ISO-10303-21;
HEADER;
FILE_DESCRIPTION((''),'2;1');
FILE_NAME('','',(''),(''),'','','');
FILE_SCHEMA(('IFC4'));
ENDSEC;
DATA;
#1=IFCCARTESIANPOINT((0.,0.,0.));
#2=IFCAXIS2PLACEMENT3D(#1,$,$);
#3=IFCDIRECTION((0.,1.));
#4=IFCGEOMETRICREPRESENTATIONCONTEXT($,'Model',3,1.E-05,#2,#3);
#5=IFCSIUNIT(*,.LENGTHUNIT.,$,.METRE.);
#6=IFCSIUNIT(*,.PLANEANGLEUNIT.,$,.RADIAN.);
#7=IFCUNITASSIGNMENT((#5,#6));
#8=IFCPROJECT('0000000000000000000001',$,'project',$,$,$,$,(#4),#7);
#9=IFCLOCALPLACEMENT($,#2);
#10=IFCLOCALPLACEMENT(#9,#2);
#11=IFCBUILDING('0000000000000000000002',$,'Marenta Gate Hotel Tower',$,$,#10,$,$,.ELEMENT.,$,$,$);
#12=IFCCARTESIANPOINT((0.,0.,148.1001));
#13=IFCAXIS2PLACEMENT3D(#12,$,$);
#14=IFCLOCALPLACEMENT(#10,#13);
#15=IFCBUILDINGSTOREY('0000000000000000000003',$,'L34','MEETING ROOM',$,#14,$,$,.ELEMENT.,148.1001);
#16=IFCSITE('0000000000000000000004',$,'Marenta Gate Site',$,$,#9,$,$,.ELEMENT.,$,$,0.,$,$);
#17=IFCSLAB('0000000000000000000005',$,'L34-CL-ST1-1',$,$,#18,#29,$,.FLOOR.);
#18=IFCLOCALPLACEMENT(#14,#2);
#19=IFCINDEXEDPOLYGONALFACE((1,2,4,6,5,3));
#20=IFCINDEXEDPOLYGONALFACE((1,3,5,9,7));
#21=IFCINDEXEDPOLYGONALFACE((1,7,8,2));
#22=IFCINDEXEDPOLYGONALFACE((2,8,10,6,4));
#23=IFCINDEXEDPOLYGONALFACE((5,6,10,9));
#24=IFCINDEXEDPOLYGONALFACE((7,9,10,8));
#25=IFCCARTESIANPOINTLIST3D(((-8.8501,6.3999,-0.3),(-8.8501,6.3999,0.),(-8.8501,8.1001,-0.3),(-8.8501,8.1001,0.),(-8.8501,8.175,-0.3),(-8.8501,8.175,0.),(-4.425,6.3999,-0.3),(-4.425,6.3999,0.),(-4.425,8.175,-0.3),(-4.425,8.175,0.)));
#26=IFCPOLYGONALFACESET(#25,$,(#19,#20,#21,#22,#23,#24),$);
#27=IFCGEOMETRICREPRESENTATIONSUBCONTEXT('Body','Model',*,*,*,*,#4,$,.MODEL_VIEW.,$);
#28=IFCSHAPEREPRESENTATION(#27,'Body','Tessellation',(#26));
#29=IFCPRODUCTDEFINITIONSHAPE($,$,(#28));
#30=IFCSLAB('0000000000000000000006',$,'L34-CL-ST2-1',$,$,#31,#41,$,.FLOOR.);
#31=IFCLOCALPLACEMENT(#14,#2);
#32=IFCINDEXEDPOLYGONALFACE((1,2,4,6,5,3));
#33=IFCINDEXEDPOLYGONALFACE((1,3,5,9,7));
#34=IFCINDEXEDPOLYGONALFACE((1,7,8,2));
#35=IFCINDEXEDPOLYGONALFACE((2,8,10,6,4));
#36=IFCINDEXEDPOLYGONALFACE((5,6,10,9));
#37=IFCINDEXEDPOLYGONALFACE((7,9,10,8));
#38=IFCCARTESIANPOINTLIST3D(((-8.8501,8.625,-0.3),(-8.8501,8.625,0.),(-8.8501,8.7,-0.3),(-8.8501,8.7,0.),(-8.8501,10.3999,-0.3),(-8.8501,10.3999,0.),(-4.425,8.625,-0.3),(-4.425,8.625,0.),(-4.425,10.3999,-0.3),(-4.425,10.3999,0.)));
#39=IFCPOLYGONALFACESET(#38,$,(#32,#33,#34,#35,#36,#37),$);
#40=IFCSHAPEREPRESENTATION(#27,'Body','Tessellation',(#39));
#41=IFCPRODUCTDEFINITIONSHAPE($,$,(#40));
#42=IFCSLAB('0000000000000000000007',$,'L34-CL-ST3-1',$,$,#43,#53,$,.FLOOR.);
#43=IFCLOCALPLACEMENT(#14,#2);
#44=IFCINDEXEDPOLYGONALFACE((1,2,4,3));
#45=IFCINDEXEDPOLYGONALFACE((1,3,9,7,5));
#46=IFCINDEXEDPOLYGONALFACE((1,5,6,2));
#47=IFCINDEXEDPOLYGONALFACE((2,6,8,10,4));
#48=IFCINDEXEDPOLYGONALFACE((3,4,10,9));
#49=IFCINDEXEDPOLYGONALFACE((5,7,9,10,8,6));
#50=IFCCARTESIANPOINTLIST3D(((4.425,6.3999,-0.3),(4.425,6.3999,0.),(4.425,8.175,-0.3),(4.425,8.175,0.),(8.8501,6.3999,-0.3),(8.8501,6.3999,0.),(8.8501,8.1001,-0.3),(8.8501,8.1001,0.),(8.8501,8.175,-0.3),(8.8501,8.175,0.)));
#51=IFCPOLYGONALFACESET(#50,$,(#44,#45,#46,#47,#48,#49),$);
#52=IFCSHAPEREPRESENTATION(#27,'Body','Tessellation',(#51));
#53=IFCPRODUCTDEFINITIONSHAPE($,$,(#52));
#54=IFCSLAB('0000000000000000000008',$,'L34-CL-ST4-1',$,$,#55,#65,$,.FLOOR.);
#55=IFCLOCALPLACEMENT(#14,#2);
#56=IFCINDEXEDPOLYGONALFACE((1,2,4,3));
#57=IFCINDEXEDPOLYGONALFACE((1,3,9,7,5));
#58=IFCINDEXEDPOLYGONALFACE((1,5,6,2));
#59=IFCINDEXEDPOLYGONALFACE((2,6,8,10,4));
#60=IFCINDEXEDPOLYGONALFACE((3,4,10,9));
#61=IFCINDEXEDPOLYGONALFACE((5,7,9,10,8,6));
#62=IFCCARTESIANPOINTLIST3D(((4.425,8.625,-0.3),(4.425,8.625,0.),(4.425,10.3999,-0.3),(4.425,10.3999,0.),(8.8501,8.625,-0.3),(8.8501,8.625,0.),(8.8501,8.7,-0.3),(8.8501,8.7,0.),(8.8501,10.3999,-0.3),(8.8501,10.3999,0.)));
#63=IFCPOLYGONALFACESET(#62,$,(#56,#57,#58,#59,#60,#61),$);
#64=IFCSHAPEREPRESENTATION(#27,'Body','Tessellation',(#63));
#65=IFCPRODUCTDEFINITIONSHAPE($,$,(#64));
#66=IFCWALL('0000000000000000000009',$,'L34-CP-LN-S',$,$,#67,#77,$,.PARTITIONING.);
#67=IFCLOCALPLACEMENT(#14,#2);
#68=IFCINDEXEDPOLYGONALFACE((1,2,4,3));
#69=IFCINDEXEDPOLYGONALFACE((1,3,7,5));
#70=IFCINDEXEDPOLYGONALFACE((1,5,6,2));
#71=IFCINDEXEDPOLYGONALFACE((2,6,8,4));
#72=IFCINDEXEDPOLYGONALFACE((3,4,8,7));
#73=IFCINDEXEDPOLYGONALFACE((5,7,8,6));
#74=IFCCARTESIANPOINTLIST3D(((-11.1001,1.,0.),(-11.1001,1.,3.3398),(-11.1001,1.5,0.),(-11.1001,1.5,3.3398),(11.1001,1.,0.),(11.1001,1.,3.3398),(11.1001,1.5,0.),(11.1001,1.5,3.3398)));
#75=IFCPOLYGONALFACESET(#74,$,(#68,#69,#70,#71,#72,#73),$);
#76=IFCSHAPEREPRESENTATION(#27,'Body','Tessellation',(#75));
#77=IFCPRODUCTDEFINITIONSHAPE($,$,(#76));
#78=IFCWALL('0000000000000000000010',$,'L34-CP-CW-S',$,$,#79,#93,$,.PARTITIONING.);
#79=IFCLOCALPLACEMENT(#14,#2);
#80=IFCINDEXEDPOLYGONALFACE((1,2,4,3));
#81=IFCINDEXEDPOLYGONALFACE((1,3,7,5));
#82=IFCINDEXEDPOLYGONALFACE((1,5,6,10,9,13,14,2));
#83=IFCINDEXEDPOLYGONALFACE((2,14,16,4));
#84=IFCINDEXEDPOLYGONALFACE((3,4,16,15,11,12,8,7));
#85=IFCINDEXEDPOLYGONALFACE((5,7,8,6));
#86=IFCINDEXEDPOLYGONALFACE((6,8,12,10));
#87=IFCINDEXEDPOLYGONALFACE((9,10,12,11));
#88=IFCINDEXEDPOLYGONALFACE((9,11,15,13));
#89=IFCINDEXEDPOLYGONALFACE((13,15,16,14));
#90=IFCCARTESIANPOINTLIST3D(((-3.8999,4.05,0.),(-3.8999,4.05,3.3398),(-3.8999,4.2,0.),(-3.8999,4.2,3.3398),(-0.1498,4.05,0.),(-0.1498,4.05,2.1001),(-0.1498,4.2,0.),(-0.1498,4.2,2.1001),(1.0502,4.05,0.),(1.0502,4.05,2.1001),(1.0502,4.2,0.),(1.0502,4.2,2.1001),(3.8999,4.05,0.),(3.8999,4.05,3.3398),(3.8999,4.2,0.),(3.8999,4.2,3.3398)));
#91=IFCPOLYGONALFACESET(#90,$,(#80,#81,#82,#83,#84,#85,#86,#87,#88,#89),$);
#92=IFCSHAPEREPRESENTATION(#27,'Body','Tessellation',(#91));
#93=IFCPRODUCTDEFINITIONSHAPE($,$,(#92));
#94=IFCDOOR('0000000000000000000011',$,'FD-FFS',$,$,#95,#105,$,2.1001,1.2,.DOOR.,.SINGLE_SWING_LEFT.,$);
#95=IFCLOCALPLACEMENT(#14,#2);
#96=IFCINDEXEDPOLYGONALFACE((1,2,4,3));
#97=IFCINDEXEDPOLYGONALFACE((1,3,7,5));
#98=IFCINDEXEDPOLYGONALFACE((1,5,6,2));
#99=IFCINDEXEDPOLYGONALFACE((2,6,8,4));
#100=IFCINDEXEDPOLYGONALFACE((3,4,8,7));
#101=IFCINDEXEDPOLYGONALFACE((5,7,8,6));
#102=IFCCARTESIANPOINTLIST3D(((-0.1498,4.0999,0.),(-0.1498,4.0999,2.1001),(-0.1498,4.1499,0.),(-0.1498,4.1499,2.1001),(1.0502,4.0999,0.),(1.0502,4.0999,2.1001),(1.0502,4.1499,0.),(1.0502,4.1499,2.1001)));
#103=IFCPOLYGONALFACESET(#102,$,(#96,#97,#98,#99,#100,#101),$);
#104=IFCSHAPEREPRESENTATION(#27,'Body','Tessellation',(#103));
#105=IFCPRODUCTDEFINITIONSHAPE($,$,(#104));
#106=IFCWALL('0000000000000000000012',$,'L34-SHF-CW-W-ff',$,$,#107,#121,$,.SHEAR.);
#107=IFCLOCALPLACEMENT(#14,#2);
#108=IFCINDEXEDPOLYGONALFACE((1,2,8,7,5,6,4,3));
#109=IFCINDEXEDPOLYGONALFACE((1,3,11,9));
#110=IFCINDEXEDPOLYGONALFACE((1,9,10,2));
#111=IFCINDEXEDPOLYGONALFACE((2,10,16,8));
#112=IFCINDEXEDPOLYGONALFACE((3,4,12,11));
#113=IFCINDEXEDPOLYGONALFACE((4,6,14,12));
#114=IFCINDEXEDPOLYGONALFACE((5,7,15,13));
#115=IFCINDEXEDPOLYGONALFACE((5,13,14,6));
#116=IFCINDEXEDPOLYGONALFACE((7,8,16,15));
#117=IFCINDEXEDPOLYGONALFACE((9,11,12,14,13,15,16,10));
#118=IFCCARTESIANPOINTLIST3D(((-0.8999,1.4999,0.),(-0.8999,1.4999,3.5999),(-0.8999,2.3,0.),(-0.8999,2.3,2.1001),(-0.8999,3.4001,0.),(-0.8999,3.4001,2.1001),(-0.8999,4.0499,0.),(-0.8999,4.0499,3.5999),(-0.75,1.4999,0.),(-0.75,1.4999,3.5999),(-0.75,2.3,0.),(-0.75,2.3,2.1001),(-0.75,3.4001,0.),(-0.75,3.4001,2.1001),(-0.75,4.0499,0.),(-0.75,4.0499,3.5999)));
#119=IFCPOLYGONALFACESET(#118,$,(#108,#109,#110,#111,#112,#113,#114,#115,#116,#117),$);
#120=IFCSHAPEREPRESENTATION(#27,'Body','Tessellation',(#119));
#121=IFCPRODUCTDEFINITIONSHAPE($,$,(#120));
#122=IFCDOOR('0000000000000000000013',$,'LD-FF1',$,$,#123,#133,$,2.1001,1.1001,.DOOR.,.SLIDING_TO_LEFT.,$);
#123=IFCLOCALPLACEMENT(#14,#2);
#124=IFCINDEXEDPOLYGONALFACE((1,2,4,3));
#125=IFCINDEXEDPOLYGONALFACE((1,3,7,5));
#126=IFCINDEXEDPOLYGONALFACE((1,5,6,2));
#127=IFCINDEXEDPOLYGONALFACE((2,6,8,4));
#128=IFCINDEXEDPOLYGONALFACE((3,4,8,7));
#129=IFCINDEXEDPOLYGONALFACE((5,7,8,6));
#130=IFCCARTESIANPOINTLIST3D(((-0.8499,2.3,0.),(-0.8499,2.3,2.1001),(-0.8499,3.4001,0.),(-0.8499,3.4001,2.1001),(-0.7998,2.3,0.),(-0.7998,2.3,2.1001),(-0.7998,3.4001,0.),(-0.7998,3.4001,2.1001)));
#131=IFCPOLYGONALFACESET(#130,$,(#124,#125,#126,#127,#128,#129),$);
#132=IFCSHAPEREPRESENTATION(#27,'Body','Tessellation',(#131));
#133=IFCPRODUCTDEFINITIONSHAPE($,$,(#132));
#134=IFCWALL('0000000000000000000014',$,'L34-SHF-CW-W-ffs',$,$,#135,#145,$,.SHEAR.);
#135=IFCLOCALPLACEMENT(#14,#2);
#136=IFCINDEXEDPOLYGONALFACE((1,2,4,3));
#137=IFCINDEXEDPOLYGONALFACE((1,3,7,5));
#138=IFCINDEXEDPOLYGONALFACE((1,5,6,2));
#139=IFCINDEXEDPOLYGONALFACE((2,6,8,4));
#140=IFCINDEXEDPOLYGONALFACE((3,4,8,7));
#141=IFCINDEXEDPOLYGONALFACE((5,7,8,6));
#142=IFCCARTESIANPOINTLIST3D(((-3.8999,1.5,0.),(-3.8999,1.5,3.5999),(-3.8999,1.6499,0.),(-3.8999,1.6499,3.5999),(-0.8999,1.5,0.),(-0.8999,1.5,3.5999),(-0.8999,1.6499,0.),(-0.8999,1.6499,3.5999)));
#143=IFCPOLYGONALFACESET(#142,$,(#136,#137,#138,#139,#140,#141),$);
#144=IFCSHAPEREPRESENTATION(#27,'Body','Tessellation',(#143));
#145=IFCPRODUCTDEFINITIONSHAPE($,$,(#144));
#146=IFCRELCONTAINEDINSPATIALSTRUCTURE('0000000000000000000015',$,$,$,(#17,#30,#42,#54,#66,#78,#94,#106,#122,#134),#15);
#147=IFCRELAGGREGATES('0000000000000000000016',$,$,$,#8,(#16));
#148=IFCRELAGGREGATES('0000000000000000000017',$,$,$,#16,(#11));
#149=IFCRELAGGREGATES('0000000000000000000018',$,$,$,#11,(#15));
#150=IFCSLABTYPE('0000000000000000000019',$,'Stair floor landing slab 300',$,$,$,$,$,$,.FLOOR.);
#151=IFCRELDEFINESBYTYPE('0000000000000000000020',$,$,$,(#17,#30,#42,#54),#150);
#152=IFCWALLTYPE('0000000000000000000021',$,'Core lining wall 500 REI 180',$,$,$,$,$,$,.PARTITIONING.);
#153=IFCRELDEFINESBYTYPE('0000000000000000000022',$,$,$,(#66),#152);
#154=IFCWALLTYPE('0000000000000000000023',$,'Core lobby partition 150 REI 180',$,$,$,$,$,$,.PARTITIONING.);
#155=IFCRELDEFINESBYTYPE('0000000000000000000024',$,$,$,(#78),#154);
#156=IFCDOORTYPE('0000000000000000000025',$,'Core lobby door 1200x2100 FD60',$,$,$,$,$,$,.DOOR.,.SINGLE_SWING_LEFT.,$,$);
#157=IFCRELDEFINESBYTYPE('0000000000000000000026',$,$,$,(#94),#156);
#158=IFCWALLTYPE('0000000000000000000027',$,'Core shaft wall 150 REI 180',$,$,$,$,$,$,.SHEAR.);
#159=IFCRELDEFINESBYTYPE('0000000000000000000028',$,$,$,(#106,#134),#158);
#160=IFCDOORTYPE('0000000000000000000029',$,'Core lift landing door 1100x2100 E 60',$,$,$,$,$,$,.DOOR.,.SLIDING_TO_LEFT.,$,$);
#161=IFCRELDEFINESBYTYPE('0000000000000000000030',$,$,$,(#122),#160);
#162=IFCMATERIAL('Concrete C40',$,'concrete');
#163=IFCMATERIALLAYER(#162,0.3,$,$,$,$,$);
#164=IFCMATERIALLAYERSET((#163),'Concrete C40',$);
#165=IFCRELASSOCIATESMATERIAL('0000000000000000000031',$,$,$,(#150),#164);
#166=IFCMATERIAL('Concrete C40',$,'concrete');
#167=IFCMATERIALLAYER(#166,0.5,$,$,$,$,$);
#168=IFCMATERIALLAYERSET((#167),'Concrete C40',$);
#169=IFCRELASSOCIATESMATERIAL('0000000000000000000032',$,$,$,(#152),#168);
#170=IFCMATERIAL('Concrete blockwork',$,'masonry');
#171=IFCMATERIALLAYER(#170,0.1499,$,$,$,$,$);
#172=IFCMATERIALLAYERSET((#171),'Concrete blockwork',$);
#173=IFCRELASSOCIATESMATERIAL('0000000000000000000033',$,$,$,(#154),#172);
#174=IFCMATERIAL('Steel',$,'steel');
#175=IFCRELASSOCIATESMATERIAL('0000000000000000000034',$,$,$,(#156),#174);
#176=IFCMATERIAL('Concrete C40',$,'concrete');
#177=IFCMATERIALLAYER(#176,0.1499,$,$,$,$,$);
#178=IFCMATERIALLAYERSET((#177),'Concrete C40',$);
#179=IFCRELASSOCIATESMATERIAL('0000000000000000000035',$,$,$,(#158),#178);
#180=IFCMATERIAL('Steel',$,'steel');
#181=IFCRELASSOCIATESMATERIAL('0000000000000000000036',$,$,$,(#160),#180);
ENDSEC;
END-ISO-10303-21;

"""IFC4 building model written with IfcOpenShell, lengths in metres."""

from ifc_helpers import new_model, si_unit, direction, frame, frame_2d, origin, place, context, subcontext, project, spatial, polyline, rectangle, outline, extrude, material, layer, layer_set, type_object, element, fill, save


model = new_model("IFC4")

# Units and contexts
model_context = context("Model", 3, precision=1e-05, world=origin(), true_north=direction((0.0, 1.0)))
body_context = subcontext(model_context, "Body", "Model", "MODEL_VIEW")
ifc_project = project(units=[si_unit("LENGTHUNIT", "METRE"), si_unit("PLANEANGLEUNIT", "RADIAN")], contexts=[model_context])

# Site, building, storey
site_placement = place(None, origin())
site = spatial("IfcSite", under=ifc_project, at=site_placement, Name="Marenta Gate Site", CompositionType="ELEMENT", RefElevation=0.0)
building_placement = place(site_placement, origin())
building = spatial("IfcBuilding", under=site, at=building_placement, Name="Marenta Gate Hotel Tower", CompositionType="ELEMENT")
storey_placement = place(building_placement, frame((0.0, 0.0, 148.1001)))
storey = spatial("IfcBuildingStorey", under=building, at=storey_placement, Name="L34", Description="MEETING ROOM", CompositionType="ELEMENT", Elevation=148.1001)

# Slabs
ifc_material_1 = material(Name="Concrete C40", Category="concrete")
ifc_layer_1 = layer(ifc_material_1, 0.3)
ifc_layer_set_1 = layer_set([ifc_layer_1], Name="Concrete C40")
slab_type_1 = type_object("IfcSlabType", Name="Stair floor landing slab 300", PredefinedType="FLOOR", material=ifc_layer_set_1)
slab_1_placement = place(storey_placement, frame((0.0, 0.0, -0.3)))
element("IfcSlab", 1, at=slab_1_placement, inside=storey, type_object=slab_type_1, Name="L34-CL-ST1-1", PredefinedType="FLOOR", context=body_context, shape_type="SweptSolid", body=[
    extrude(outline(polyline([(-4.425, 6.3999), (-8.8501, 6.3999), (-8.8501, 8.1001), (-8.8501, 8.175), (-4.425, 8.175), (-4.425, 6.3999)])), origin(), (0.0, 0.0, 1.0), 0.3),
])
slab_2_placement = place(storey_placement, frame((0.0, 0.0, -0.3)))
element("IfcSlab", 2, at=slab_2_placement, inside=storey, type_object=slab_type_1, Name="L34-CL-ST2-1", PredefinedType="FLOOR", context=body_context, shape_type="SweptSolid", body=[
    extrude(outline(polyline([(-4.425, 8.625), (-8.8501, 8.625), (-8.8501, 8.7), (-8.8501, 10.3999), (-4.425, 10.3999), (-4.425, 8.625)])), origin(), (0.0, 0.0, 1.0), 0.3),
])
slab_3_placement = place(storey_placement, frame((0.0, 0.0, -0.3)))
element("IfcSlab", 3, at=slab_3_placement, inside=storey, type_object=slab_type_1, Name="L34-CL-ST3-1", PredefinedType="FLOOR", context=body_context, shape_type="SweptSolid", body=[
    extrude(outline(polyline([(4.425, 6.3999), (4.425, 8.175), (8.8501, 8.175), (8.8501, 8.1001), (8.8501, 6.3999), (4.425, 6.3999)])), origin(), (0.0, 0.0, 1.0), 0.3),
])
slab_4_placement = place(storey_placement, frame((0.0, 0.0, -0.3)))
element("IfcSlab", 4, at=slab_4_placement, inside=storey, type_object=slab_type_1, Name="L34-CL-ST4-1", PredefinedType="FLOOR", context=body_context, shape_type="SweptSolid", body=[
    extrude(outline(polyline([(4.425, 8.625), (4.425, 10.3999), (8.8501, 10.3999), (8.8501, 8.7), (8.8501, 8.625), (4.425, 8.625)])), origin(), (0.0, 0.0, 1.0), 0.3),
])

# Wall
ifc_material_2 = material(Name="Concrete C40", Category="concrete")
ifc_layer_2 = layer(ifc_material_2, 0.5)
ifc_layer_set_2 = layer_set([ifc_layer_2], Name="Concrete C40")
wall_type_1 = type_object("IfcWallType", Name="Core lining wall 500 REI 180", PredefinedType="PARTITIONING", material=ifc_layer_set_2)
wall_1_placement = place(storey_placement, frame((-11.1001, 1.25, 0.0), z_axis=(0.0, 0.0, 1.0), x_axis=(1.0, 0.0, 0.0)))
element("IfcWall", 5, at=wall_1_placement, inside=storey, type_object=wall_type_1, Name="L34-CP-LN-S", PredefinedType="PARTITIONING", context=body_context, shape_type="SweptSolid", body=[
    extrude(rectangle(XDim=22.2002, YDim=0.5, at=frame_2d((11.1001, 0.0))), origin(), (0.0, 0.0, 1.0), 3.3398),
])

# Walls, openings, doors
ifc_material_3 = material(Name="Concrete blockwork", Category="masonry")
ifc_layer_3 = layer(ifc_material_3, 0.1499)
ifc_layer_set_3 = layer_set([ifc_layer_3], Name="Concrete blockwork")
wall_type_2 = type_object("IfcWallType", Name="Core lobby partition 150 REI 180", PredefinedType="PARTITIONING", material=ifc_layer_set_3)
wall_2_placement = place(storey_placement, frame((-3.8999, 4.125, 0.0), z_axis=(0.0, 0.0, 1.0), x_axis=(1.0, 0.0, 0.0)))
wall_2 = element("IfcWall", 6, at=wall_2_placement, inside=storey, type_object=wall_type_2, Name="L34-CP-CW-S", PredefinedType="PARTITIONING", context=body_context, shape_type="SweptSolid", body=[
    extrude(rectangle(XDim=7.7998, YDim=0.1499, at=frame_2d((3.8999, 0.0))), origin(), (0.0, 0.0, 1.0), 3.3398),
])
opening_1_placement = place(wall_2_placement, frame((3.75, 0.0, 0.0)))
opening_1 = element("IfcOpeningElement", 7, at=opening_1_placement, cuts=wall_2, PredefinedType="OPENING", context=body_context, shape_type="SweptSolid", body=[
    extrude(rectangle(XDim=1.2, YDim=2.1001, at=frame_2d((0.6001, 1.05))), frame((0.0, 0.075, 0.0), z_axis=(0.0, -1.0, 0.0), x_axis=(1.0, 0.0, 0.0)), (0.0, 0.0, 1.0), 0.1499),
])
ifc_material_4 = material(Name="Steel", Category="steel")
door_type_1 = type_object("IfcDoorType", Name="Core lobby door 1200x2100 FD60", OperationType="SINGLE_SWING_LEFT", PredefinedType="DOOR", material=ifc_material_4)
door_1_placement = place(opening_1_placement, origin())
door_1 = element("IfcDoor", 8, at=door_1_placement, inside=storey, type_object=door_type_1, Name="FD-FFS", OperationType="SINGLE_SWING_LEFT", OverallHeight=2.1001, OverallWidth=1.2, PredefinedType="DOOR", context=body_context, shape_type="SweptSolid", body=[
    extrude(rectangle(XDim=1.2, YDim=2.1001, at=frame_2d((0.6001, 1.05))), frame((0.0, 0.0249, 0.0), z_axis=(0.0, -1.0, 0.0), x_axis=(1.0, 0.0, 0.0)), (0.0, 0.0, 1.0), 0.05),
])
fill(opening_1, door_1)
ifc_material_5 = material(Name="Concrete C40", Category="concrete")
ifc_layer_4 = layer(ifc_material_5, 0.1499)
ifc_layer_set_4 = layer_set([ifc_layer_4], Name="Concrete C40")
wall_type_3 = type_object("IfcWallType", Name="Core shaft wall 150 REI 180", PredefinedType="SHEAR", material=ifc_layer_set_4)
wall_3_placement = place(storey_placement, frame((-0.825, 1.5, 0.0), z_axis=(0.0, 0.0, 1.0), x_axis=(0.0, 1.0, 0.0)))
wall_3 = element("IfcWall", 9, at=wall_3_placement, inside=storey, type_object=wall_type_3, Name="L34-SHF-CW-W-ff", PredefinedType="SHEAR", context=body_context, shape_type="SweptSolid", body=[
    extrude(rectangle(XDim=2.55, YDim=0.1499, at=frame_2d((1.2749, 0.0))), origin(), (0.0, 0.0, 1.0), 3.5999),
])
opening_2_placement = place(wall_3_placement, frame((0.8, 0.0, 0.0)))
opening_2 = element("IfcOpeningElement", 10, at=opening_2_placement, cuts=wall_3, PredefinedType="OPENING", context=body_context, shape_type="SweptSolid", body=[
    extrude(rectangle(XDim=1.1001, YDim=2.1001, at=frame_2d((0.55, 1.05))), frame((0.0, 0.075, 0.0), z_axis=(0.0, -1.0, 0.0), x_axis=(1.0, 0.0, 0.0)), (0.0, 0.0, 1.0), 0.1499),
])
ifc_material_6 = material(Name="Steel", Category="steel")
door_type_2 = type_object("IfcDoorType", Name="Core lift landing door 1100x2100 E 60", OperationType="SLIDING_TO_LEFT", PredefinedType="DOOR", material=ifc_material_6)
door_2_placement = place(opening_2_placement, origin())
door_2 = element("IfcDoor", 11, at=door_2_placement, inside=storey, type_object=door_type_2, Name="LD-FF1", OperationType="SLIDING_TO_LEFT", OverallHeight=2.1001, OverallWidth=1.1001, PredefinedType="DOOR", context=body_context, shape_type="SweptSolid", body=[
    extrude(rectangle(XDim=1.1001, YDim=2.1001, at=frame_2d((0.55, 1.05))), frame((0.0, 0.0249, 0.0), z_axis=(0.0, -1.0, 0.0), x_axis=(1.0, 0.0, 0.0)), (0.0, 0.0, 1.0), 0.05),
])
fill(opening_2, door_2)

# Wall
wall_4_placement = place(storey_placement, frame((-3.8999, 1.575, 0.0), z_axis=(0.0, 0.0, 1.0), x_axis=(1.0, 0.0, 0.0)))
element("IfcWall", 12, at=wall_4_placement, inside=storey, type_object=wall_type_3, Name="L34-SHF-CW-W-ffs", PredefinedType="SHEAR", context=body_context, shape_type="SweptSolid", body=[
    extrude(rectangle(XDim=3.0, YDim=0.1499, at=frame_2d((1.5, 0.0))), origin(), (0.0, 0.0, 1.0), 3.5999),
])

save(model, "model.ifc")
